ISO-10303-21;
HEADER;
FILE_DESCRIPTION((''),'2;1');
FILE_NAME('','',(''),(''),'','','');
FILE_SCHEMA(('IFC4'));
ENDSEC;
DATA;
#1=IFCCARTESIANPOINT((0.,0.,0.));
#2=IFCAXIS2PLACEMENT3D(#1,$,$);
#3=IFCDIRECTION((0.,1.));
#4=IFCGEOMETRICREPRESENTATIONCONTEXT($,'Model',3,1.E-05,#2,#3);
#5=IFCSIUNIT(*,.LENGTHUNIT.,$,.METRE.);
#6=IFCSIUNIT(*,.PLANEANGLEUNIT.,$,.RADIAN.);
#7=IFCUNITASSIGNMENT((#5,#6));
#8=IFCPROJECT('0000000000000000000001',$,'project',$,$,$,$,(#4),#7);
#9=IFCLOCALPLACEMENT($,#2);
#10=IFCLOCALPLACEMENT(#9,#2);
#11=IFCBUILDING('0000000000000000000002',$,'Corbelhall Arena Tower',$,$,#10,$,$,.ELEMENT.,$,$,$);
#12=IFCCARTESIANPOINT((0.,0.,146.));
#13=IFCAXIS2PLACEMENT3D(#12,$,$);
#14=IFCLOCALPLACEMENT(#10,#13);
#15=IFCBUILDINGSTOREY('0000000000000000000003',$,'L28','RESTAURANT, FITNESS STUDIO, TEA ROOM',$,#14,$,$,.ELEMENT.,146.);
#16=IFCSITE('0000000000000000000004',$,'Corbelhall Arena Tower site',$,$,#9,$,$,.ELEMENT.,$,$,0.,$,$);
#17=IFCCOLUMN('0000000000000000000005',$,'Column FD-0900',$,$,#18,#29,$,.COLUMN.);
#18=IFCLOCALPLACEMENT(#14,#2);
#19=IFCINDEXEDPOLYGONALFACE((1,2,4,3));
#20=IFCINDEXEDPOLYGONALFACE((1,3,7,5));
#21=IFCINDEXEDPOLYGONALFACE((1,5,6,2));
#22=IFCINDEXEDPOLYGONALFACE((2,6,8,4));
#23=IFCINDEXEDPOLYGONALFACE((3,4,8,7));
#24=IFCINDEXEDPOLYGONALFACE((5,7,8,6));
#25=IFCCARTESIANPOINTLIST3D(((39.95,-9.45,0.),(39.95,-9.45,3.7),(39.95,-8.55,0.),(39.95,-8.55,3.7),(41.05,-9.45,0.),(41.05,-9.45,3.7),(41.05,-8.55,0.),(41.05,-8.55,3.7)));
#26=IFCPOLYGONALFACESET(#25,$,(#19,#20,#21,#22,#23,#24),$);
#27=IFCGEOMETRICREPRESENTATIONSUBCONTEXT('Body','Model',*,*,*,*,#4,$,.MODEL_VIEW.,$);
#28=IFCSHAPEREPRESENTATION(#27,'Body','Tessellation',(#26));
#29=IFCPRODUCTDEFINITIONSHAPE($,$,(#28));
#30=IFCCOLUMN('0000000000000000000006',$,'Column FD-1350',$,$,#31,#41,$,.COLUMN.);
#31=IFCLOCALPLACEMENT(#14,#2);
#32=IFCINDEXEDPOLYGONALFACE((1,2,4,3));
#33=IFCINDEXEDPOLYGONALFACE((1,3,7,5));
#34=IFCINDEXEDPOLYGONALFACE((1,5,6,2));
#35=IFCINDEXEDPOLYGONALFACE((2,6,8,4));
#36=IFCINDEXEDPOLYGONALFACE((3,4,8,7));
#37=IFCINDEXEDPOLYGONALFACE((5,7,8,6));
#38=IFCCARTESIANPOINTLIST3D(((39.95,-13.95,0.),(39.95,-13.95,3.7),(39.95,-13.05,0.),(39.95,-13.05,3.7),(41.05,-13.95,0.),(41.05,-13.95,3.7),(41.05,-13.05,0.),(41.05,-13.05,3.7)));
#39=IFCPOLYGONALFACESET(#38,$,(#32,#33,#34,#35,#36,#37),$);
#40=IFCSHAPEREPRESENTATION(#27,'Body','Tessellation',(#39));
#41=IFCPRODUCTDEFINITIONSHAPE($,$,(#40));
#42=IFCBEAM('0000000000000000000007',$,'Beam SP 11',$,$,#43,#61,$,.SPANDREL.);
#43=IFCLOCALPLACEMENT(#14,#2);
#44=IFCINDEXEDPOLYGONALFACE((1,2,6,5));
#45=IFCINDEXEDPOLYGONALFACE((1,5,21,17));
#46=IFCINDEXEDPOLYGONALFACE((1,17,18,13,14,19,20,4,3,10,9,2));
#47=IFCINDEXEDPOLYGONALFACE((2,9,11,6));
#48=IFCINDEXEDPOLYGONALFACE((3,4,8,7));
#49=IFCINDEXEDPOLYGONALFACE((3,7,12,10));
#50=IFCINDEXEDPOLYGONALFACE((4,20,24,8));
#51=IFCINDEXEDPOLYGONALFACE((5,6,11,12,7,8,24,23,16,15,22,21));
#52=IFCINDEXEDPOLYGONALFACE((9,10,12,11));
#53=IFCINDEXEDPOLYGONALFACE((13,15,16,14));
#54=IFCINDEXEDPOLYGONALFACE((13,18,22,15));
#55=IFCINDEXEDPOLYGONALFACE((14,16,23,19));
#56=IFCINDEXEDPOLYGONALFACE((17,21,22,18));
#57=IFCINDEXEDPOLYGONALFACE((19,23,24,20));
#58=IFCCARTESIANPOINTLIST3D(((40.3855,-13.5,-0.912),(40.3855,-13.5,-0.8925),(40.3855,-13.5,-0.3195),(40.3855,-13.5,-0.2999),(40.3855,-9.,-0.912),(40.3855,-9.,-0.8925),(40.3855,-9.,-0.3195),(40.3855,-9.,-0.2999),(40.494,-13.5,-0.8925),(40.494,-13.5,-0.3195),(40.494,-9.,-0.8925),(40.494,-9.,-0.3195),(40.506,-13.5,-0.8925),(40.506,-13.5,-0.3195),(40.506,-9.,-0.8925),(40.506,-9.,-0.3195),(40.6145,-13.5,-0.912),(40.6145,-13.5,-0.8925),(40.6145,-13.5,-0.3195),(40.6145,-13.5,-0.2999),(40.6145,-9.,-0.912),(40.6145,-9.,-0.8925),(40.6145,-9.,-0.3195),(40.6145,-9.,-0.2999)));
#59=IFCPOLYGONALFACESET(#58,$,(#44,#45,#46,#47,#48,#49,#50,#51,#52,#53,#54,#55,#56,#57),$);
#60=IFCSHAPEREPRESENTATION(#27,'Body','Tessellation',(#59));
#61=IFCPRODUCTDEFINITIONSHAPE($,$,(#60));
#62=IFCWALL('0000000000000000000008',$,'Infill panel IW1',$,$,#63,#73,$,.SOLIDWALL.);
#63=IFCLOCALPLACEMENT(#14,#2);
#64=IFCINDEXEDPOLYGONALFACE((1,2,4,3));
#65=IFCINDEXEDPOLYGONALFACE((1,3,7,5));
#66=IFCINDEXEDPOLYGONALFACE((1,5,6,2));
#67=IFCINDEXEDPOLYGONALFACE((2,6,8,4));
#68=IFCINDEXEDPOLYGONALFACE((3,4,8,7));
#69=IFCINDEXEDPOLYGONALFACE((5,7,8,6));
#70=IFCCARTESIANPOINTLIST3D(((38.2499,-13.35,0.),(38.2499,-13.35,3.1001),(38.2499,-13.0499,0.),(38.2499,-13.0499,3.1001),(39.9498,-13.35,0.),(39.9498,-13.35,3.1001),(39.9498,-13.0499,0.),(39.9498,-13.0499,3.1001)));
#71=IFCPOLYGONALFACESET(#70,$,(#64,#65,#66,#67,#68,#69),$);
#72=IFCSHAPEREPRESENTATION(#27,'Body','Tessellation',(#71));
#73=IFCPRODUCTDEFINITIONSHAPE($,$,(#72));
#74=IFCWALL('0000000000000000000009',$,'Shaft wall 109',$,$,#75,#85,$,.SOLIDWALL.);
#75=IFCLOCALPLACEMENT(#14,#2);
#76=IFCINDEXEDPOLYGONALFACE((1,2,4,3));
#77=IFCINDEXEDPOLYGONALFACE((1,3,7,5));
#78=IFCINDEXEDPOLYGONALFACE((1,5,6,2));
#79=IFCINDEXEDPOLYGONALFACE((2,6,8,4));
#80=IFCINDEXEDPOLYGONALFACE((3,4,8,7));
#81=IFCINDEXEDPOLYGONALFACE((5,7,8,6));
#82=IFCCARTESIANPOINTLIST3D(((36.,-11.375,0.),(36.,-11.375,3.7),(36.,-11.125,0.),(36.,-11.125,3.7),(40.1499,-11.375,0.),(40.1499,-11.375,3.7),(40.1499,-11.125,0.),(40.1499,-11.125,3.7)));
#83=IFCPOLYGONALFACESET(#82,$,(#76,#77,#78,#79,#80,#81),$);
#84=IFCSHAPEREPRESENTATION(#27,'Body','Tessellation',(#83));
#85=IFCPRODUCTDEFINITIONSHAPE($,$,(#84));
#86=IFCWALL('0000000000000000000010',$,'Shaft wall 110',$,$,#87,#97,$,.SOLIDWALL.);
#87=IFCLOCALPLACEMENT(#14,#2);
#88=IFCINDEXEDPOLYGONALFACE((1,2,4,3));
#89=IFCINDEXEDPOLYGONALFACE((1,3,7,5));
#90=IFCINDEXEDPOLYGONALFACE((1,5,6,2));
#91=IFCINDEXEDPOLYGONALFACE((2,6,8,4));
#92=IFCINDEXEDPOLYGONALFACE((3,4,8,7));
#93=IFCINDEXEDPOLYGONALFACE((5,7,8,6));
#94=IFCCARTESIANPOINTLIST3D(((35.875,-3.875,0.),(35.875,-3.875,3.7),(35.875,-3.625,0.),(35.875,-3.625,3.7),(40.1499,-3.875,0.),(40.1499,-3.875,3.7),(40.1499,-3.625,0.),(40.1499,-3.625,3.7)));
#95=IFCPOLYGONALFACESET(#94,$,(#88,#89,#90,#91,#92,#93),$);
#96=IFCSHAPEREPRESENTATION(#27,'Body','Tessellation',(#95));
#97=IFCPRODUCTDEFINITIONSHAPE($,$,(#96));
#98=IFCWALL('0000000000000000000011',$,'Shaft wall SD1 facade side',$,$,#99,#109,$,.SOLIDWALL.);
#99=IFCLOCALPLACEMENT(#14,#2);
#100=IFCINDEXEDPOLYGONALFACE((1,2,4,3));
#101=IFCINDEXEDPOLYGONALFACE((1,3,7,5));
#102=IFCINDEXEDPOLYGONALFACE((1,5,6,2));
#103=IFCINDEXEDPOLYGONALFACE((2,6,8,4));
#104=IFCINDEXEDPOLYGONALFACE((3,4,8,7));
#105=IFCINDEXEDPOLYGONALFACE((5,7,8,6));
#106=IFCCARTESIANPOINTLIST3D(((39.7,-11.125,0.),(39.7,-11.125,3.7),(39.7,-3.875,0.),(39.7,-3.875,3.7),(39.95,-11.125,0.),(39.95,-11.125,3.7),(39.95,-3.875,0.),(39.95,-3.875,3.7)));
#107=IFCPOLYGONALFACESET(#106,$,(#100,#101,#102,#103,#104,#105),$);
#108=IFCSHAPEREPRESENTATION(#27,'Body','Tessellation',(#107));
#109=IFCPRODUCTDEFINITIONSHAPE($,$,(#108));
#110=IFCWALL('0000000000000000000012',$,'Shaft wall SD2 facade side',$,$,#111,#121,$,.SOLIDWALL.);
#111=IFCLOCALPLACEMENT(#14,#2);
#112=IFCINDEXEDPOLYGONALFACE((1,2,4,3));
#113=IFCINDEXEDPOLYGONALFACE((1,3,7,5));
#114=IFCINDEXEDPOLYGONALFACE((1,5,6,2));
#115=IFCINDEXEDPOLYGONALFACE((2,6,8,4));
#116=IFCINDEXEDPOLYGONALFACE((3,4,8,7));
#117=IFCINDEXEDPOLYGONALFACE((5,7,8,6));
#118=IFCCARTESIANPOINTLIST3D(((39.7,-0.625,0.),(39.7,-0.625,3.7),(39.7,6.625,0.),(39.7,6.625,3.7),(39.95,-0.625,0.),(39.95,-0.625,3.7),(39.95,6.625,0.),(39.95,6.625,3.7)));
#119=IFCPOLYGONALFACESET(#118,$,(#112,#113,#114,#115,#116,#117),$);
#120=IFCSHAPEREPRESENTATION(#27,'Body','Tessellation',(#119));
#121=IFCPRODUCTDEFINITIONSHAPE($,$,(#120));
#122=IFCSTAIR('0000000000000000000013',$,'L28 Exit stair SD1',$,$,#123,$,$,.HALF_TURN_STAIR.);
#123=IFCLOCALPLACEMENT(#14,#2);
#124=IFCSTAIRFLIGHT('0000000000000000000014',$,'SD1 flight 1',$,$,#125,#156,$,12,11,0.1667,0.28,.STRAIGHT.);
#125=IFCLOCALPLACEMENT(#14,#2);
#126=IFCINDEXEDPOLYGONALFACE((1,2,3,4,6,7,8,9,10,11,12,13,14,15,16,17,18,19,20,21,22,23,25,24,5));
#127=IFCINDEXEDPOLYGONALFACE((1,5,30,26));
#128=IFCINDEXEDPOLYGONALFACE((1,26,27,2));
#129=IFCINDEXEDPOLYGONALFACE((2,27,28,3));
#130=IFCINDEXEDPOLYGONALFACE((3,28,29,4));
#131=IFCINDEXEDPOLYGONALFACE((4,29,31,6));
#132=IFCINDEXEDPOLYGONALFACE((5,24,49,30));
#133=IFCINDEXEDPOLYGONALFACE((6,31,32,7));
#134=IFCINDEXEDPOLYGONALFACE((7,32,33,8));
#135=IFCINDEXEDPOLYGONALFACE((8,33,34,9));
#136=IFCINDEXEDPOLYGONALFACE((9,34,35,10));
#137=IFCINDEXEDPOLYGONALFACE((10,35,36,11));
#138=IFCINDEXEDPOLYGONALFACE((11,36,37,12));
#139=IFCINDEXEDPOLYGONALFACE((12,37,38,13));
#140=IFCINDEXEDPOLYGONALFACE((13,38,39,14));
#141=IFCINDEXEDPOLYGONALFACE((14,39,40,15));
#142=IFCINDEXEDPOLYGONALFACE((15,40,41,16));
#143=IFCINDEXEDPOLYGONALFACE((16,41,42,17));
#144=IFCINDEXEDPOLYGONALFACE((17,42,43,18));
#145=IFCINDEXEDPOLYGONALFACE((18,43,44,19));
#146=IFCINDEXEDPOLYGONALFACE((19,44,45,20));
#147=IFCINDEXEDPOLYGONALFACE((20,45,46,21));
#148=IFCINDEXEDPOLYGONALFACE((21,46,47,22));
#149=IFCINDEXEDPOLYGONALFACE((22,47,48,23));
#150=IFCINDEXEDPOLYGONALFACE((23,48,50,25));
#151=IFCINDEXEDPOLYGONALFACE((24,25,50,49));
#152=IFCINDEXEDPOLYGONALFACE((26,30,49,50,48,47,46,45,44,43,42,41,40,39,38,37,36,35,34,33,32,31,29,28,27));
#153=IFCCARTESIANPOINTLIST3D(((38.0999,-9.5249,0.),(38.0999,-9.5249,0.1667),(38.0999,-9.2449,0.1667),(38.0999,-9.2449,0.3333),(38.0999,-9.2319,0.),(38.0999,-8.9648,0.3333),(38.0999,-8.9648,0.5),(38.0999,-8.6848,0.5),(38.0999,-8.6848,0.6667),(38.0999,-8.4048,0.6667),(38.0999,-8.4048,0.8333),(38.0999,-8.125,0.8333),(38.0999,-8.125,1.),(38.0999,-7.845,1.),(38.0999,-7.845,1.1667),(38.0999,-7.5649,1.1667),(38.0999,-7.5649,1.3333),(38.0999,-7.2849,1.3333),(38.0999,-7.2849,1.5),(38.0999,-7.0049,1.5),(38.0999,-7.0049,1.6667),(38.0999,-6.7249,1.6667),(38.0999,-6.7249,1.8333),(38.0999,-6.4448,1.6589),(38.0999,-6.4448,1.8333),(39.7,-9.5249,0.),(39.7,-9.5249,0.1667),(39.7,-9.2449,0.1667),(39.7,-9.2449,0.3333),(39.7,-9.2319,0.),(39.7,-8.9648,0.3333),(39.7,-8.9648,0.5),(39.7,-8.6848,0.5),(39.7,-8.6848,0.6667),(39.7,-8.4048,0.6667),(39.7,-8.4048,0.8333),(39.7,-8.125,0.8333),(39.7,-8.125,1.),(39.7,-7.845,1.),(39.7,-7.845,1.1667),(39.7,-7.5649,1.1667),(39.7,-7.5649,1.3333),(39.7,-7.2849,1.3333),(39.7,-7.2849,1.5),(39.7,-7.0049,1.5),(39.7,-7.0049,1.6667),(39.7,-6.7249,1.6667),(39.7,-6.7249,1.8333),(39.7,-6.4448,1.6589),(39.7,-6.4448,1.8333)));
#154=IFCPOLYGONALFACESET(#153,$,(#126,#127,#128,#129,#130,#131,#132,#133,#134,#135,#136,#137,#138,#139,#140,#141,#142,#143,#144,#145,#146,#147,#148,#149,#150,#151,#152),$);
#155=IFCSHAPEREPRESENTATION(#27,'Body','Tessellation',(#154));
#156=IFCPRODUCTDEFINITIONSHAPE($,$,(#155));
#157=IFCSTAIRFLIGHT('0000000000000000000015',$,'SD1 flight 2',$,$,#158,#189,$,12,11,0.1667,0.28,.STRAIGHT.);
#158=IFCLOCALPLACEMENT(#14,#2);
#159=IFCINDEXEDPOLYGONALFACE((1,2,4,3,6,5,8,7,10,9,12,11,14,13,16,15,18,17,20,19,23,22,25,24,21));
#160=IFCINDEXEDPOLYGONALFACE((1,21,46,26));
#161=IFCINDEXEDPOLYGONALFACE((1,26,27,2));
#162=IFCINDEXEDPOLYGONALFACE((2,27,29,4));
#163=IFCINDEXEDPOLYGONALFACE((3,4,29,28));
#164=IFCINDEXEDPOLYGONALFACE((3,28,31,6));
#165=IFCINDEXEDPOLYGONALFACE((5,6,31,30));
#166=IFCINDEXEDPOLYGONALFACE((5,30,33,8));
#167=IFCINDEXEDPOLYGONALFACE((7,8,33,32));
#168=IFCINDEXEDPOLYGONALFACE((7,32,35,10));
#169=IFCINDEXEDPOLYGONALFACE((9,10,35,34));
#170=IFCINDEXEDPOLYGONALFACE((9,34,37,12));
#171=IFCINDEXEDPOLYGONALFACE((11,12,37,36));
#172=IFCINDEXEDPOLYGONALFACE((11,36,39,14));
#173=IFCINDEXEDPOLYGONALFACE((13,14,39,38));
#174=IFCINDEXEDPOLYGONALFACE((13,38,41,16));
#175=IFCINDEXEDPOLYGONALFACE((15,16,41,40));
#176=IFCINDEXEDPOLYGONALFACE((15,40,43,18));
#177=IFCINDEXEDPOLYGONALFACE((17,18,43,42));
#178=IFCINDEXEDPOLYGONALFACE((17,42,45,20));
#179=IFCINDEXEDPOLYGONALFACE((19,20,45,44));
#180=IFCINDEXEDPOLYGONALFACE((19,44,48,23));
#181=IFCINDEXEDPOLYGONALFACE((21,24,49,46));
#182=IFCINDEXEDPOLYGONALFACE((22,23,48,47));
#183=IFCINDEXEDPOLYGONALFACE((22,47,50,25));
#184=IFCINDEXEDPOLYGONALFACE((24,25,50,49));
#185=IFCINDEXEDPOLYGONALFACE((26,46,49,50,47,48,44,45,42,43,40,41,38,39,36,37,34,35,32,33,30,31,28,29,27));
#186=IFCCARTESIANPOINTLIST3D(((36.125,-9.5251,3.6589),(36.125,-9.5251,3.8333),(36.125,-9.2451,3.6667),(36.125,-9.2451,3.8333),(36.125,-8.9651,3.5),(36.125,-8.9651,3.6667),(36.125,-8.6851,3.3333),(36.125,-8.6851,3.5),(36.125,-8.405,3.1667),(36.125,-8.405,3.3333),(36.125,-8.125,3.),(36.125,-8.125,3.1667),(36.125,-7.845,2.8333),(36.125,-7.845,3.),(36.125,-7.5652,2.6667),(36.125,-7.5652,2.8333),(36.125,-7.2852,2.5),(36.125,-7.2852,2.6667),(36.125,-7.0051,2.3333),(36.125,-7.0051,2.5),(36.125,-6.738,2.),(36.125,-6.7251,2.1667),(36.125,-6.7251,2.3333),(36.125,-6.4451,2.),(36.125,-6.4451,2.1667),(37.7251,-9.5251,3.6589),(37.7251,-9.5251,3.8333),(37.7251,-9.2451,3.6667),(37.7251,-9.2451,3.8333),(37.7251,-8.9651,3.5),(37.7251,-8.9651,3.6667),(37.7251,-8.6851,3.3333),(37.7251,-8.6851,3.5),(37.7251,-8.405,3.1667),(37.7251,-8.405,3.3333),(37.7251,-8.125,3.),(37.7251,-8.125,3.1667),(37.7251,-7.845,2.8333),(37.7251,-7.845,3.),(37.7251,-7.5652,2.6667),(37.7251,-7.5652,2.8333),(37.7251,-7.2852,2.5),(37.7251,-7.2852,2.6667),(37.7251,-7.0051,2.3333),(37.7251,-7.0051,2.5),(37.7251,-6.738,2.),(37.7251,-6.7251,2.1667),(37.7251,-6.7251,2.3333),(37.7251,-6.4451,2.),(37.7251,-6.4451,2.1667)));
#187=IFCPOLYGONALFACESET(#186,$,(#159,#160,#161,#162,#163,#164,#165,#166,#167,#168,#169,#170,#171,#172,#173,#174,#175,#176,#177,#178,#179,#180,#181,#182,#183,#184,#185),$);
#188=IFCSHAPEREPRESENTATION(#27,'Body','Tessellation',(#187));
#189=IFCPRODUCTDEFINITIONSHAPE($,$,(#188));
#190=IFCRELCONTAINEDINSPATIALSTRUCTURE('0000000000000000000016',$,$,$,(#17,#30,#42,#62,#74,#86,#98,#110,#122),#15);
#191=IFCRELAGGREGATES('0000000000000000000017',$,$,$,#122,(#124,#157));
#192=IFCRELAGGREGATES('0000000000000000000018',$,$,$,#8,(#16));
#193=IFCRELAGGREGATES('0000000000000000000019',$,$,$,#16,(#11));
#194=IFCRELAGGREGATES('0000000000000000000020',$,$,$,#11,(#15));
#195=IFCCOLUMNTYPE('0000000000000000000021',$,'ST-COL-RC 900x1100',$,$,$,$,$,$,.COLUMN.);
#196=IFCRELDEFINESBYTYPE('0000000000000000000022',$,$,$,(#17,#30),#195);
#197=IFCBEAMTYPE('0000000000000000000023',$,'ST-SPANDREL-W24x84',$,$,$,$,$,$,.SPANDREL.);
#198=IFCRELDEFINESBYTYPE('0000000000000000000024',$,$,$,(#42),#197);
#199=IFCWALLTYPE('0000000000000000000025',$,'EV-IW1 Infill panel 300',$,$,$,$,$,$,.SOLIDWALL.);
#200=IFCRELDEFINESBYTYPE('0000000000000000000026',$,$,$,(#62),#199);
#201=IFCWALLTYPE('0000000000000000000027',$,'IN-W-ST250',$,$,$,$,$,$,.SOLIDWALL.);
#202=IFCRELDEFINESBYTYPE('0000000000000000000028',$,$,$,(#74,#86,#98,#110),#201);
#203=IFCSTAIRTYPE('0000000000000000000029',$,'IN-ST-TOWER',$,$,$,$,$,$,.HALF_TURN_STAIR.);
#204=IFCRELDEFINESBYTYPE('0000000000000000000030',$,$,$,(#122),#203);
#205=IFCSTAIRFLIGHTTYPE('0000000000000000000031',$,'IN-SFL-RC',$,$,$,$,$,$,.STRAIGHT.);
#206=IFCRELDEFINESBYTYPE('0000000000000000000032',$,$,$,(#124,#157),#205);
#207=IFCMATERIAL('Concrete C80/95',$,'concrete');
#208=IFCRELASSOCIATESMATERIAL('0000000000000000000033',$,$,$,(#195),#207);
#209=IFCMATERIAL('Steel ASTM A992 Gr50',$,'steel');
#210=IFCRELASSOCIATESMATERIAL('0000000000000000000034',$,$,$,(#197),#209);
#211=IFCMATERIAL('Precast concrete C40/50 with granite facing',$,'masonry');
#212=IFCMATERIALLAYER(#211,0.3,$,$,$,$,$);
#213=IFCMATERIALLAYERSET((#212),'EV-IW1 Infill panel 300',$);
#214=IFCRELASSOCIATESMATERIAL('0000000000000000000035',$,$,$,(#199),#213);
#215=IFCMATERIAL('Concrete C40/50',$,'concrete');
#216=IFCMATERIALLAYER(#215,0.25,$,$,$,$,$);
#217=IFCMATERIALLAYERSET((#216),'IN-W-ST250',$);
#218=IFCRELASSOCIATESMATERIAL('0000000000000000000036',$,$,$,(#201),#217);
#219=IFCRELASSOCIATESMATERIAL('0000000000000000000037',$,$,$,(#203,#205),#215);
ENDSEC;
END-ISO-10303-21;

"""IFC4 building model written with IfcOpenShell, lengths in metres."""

from ifc_helpers import new_model, si_unit, direction, frame, frame_2d, origin, origin_2d, place, context, subcontext, project, spatial, polyline, rectangle, i_section, outline, extrude, material, layer, layer_set, material_profile, profile_set, type_object, element, aggregate, save


model = new_model("IFC4")

# Units and contexts
model_context = context("Model", 3, precision=1e-05, world=origin(), true_north=direction((0.0, 1.0)))
body_context = subcontext(model_context, "Body", "Model", "MODEL_VIEW")
ifc_project = project(units=[si_unit("LENGTHUNIT", "METRE"), si_unit("PLANEANGLEUNIT", "RADIAN")], contexts=[model_context])

# Site, building, storey
site_placement = place(None, origin())
site = spatial("IfcSite", under=ifc_project, at=site_placement, Name="Corbelhall Arena Tower site", CompositionType="ELEMENT", RefElevation=0.0)
building_placement = place(site_placement, origin())
building = spatial("IfcBuilding", under=site, at=building_placement, Name="Corbelhall Arena Tower", CompositionType="ELEMENT")
storey_placement = place(building_placement, frame((0.0, 0.0, 146.0)))
storey = spatial("IfcBuildingStorey", under=building, at=storey_placement, Name="L28", Description="RESTAURANT, FITNESS STUDIO, TEA ROOM", CompositionType="ELEMENT", Elevation=146.0)

# Columns
ifc_material_1 = material(Name="Concrete C80/95", Category="concrete")
ifc_material_profile_1 = material_profile(ifc_material_1, rectangle(XDim=0.8999, YDim=1.1001, at=origin_2d()))
ifc_profile_set_1 = profile_set([ifc_material_profile_1], Name="Concrete C80/95")
column_type = type_object("IfcColumnType", Name="ST-COL-RC 900x1100", PredefinedType="COLUMN", material=ifc_profile_set_1)
for number, where, z_axis, x_axis, name in (
    (1, (40.5, -9.0, 0.0), (0.0, 0.0, 1.0), (0.0, 1.0, 0.0), "Column FD-0900"),
    (2, (40.5, -13.5, 0.0), (0.0, 0.0, 1.0), (0.0, 1.0, 0.0), "Column FD-1350"),
):
    element("IfcColumn", number, at=place(storey_placement, frame(where, z_axis=z_axis, x_axis=x_axis)), inside=storey, type_object=column_type, Name=name, PredefinedType="COLUMN", context=body_context, shape_type="SweptSolid", body=[
        extrude(rectangle(XDim=0.8999, YDim=1.1001, at=origin_2d()), origin(), (0.0, 0.0, 1.0), 3.7),
    ])

# Beam
ifc_material_2 = material(Name="Steel ASTM A992 Gr50", Category="steel")
ifc_material_profile_2 = material_profile(ifc_material_2, i_section(OverallWidth=0.229, OverallDepth=0.6121, WebThickness=0.012, FlangeThickness=0.0195, at=origin_2d()))
ifc_profile_set_2 = profile_set([ifc_material_profile_2], Name="Steel ASTM A992 Gr50")
beam_type = type_object("IfcBeamType", Name="ST-SPANDREL-W24x84", PredefinedType="SPANDREL", material=ifc_profile_set_2)
beam_placement = place(storey_placement, frame((40.5, -9.0, -0.606), z_axis=(0.0, -1.0, 0.0), x_axis=(1.0, 0.0, 0.0)))
element("IfcBeam", 3, at=beam_placement, inside=storey, type_object=beam_type, Name="Beam SP 11", PredefinedType="SPANDREL", context=body_context, shape_type="SweptSolid", body=[
    extrude(i_section(OverallWidth=0.229, OverallDepth=0.6121, WebThickness=0.012, FlangeThickness=0.0195, at=origin_2d()), origin(), (0.0, 0.0, 1.0), 4.5),
])

# Wall
ifc_material_3 = material(Name="Precast concrete C40/50 with granite facing", Category="masonry")
ifc_layer_1 = layer(ifc_material_3, 0.3)
ifc_layer_set_1 = layer_set([ifc_layer_1], Name="EV-IW1 Infill panel 300")
wall_type_1 = type_object("IfcWallType", Name="EV-IW1 Infill panel 300", PredefinedType="SOLIDWALL", material=ifc_layer_set_1)
wall_1_placement = place(storey_placement, frame((39.95, -13.2, 0.0), z_axis=(0.0, 0.0, 1.0), x_axis=(-1.0, 0.0, 0.0)))
element("IfcWall", 4, at=wall_1_placement, inside=storey, type_object=wall_type_1, Name="Infill panel IW1", PredefinedType="SOLIDWALL", context=body_context, shape_type="SweptSolid", body=[
    extrude(rectangle(XDim=1.7, YDim=0.3, at=frame_2d((0.8501, 0.0))), origin(), (0.0, 0.0, 1.0), 3.1001),
])

# Walls
ifc_material_4 = material(Name="Concrete C40/50", Category="concrete")
ifc_layer_2 = layer(ifc_material_4, 0.25)
ifc_layer_set_2 = layer_set([ifc_layer_2], Name="IN-W-ST250")
wall_type_2 = type_object("IfcWallType", Name="IN-W-ST250", PredefinedType="SOLIDWALL", material=ifc_layer_set_2)
wall_2_placement = place(storey_placement, frame((40.1499, -11.25, 0.0), z_axis=(0.0, 0.0, 1.0), x_axis=(-1.0, 0.0, 0.0)))
element("IfcWall", 5, at=wall_2_placement, inside=storey, type_object=wall_type_2, Name="Shaft wall 109", PredefinedType="SOLIDWALL", context=body_context, shape_type="SweptSolid", body=[
    extrude(rectangle(XDim=4.1499, YDim=0.25, at=frame_2d((2.075, 0.0))), origin(), (0.0, 0.0, 1.0), 3.7),
])
wall_3_placement = place(storey_placement, frame((40.1499, -3.75, 0.0), z_axis=(0.0, 0.0, 1.0), x_axis=(-1.0, 0.0, 0.0)))
element("IfcWall", 6, at=wall_3_placement, inside=storey, type_object=wall_type_2, Name="Shaft wall 110", PredefinedType="SOLIDWALL", context=body_context, shape_type="SweptSolid", body=[
    extrude(rectangle(XDim=4.2749, YDim=0.25, at=frame_2d((2.1375, 0.0))), origin(), (0.0, 0.0, 1.0), 3.7),
])
for number, where, z_axis, x_axis, name in (
    (7, (39.825, -11.125, 0.0), (0.0, 0.0, 1.0), (0.0, 1.0, 0.0), "Shaft wall SD1 facade side"),
    (8, (39.825, -0.625, 0.0), (0.0, 0.0, 1.0), (0.0, 1.0, 0.0), "Shaft wall SD2 facade side"),
):
    element("IfcWall", number, at=place(storey_placement, frame(where, z_axis=z_axis, x_axis=x_axis)), inside=storey, type_object=wall_type_2, Name=name, PredefinedType="SOLIDWALL", context=body_context, shape_type="SweptSolid", body=[
        extrude(rectangle(XDim=7.25, YDim=0.25, at=frame_2d((3.625, 0.0))), origin(), (0.0, 0.0, 1.0), 3.7),
    ])

# Stair, stair flights
stair_type = type_object("IfcStairType", Name="IN-ST-TOWER", PredefinedType="HALF_TURN_STAIR", material=ifc_material_4)
stair_placement = place(storey_placement, origin())
stair = element("IfcStair", 9, at=stair_placement, inside=storey, type_object=stair_type, Name="L28 Exit stair SD1", PredefinedType="HALF_TURN_STAIR")
stair_flight_type = type_object("IfcStairFlightType", Name="IN-SFL-RC", PredefinedType="STRAIGHT", material=ifc_material_4)
stair_flight_1_placement = place(storey_placement, frame((38.8999, -9.5249, 0.0), z_axis=(0.0, 0.0, 1.0), x_axis=(0.0, 1.0, 0.0)))
stair_flight_1 = element("IfcStairFlight", 10, at=stair_flight_1_placement, type_object=stair_flight_type, Name="SD1 flight 1", NumberOfRisers=12, NumberOfTreads=11, PredefinedType="STRAIGHT", RiserHeight=0.1667, TreadLength=0.28, context=body_context, shape_type="SweptSolid", body=[
    extrude(outline(polyline([(0.0, 0.0), (0.0, 0.1667), (0.28, 0.1667), (0.28, 0.3333), (0.5601, 0.3333), (0.5601, 0.5), (0.8401, 0.5), (0.8401, 0.6667), (1.1201, 0.6667), (1.1201, 0.8333), (1.3999, 0.8333), (1.3999, 1.0), (1.6799, 1.0), (1.6799, 1.1667), (1.96, 1.1667), (1.96, 1.3333), (2.24, 1.3333), (2.24, 1.5), (2.52, 1.5), (2.52, 1.6667), (2.8, 1.6667), (2.8, 1.8333), (3.0801, 1.8333), (3.0801, 2.0), (3.0801, 1.6589), (0.293, 0.0), (0.0, 0.0)])), frame((0.0, 0.8, 0.0), z_axis=(0.0, -1.0, 0.0), x_axis=(1.0, 0.0, 0.0)), (0.0, 0.0, 1.0), 1.6001),
])
stair_flight_2_placement = place(storey_placement, frame((36.925, -6.4451, 2.0), z_axis=(0.0, 0.0, 1.0), x_axis=(0.0, -1.0, 0.0)))
stair_flight_2 = element("IfcStairFlight", 11, at=stair_flight_2_placement, type_object=stair_flight_type, Name="SD1 flight 2", NumberOfRisers=12, NumberOfTreads=11, PredefinedType="STRAIGHT", RiserHeight=0.1667, TreadLength=0.28, context=body_context, shape_type="SweptSolid", body=[
    extrude(outline(polyline([(0.0, 0.0), (0.0, 0.1667), (0.28, 0.1667), (0.28, 0.3333), (0.5601, 0.3333), (0.5601, 0.5), (0.8401, 0.5), (0.8401, 0.6667), (1.1201, 0.6667), (1.1201, 0.8333), (1.3999, 0.8333), (1.3999, 1.0), (1.6799, 1.0), (1.6799, 1.1667), (1.96, 1.1667), (1.96, 1.3333), (2.24, 1.3333), (2.24, 1.5), (2.52, 1.5), (2.52, 1.6667), (2.8, 1.6667), (2.8, 1.8333), (3.0801, 1.8333), (3.0801, 2.0), (3.0801, 1.6589), (0.293, 0.0), (0.0, 0.0)])), frame((0.0, 0.8, 0.0), z_axis=(0.0, -1.0, 0.0), x_axis=(1.0, 0.0, 0.0)), (0.0, 0.0, 1.0), 1.6001),
])
aggregate(stair, [stair_flight_1, stair_flight_2])

save(model, "model.ifc")
